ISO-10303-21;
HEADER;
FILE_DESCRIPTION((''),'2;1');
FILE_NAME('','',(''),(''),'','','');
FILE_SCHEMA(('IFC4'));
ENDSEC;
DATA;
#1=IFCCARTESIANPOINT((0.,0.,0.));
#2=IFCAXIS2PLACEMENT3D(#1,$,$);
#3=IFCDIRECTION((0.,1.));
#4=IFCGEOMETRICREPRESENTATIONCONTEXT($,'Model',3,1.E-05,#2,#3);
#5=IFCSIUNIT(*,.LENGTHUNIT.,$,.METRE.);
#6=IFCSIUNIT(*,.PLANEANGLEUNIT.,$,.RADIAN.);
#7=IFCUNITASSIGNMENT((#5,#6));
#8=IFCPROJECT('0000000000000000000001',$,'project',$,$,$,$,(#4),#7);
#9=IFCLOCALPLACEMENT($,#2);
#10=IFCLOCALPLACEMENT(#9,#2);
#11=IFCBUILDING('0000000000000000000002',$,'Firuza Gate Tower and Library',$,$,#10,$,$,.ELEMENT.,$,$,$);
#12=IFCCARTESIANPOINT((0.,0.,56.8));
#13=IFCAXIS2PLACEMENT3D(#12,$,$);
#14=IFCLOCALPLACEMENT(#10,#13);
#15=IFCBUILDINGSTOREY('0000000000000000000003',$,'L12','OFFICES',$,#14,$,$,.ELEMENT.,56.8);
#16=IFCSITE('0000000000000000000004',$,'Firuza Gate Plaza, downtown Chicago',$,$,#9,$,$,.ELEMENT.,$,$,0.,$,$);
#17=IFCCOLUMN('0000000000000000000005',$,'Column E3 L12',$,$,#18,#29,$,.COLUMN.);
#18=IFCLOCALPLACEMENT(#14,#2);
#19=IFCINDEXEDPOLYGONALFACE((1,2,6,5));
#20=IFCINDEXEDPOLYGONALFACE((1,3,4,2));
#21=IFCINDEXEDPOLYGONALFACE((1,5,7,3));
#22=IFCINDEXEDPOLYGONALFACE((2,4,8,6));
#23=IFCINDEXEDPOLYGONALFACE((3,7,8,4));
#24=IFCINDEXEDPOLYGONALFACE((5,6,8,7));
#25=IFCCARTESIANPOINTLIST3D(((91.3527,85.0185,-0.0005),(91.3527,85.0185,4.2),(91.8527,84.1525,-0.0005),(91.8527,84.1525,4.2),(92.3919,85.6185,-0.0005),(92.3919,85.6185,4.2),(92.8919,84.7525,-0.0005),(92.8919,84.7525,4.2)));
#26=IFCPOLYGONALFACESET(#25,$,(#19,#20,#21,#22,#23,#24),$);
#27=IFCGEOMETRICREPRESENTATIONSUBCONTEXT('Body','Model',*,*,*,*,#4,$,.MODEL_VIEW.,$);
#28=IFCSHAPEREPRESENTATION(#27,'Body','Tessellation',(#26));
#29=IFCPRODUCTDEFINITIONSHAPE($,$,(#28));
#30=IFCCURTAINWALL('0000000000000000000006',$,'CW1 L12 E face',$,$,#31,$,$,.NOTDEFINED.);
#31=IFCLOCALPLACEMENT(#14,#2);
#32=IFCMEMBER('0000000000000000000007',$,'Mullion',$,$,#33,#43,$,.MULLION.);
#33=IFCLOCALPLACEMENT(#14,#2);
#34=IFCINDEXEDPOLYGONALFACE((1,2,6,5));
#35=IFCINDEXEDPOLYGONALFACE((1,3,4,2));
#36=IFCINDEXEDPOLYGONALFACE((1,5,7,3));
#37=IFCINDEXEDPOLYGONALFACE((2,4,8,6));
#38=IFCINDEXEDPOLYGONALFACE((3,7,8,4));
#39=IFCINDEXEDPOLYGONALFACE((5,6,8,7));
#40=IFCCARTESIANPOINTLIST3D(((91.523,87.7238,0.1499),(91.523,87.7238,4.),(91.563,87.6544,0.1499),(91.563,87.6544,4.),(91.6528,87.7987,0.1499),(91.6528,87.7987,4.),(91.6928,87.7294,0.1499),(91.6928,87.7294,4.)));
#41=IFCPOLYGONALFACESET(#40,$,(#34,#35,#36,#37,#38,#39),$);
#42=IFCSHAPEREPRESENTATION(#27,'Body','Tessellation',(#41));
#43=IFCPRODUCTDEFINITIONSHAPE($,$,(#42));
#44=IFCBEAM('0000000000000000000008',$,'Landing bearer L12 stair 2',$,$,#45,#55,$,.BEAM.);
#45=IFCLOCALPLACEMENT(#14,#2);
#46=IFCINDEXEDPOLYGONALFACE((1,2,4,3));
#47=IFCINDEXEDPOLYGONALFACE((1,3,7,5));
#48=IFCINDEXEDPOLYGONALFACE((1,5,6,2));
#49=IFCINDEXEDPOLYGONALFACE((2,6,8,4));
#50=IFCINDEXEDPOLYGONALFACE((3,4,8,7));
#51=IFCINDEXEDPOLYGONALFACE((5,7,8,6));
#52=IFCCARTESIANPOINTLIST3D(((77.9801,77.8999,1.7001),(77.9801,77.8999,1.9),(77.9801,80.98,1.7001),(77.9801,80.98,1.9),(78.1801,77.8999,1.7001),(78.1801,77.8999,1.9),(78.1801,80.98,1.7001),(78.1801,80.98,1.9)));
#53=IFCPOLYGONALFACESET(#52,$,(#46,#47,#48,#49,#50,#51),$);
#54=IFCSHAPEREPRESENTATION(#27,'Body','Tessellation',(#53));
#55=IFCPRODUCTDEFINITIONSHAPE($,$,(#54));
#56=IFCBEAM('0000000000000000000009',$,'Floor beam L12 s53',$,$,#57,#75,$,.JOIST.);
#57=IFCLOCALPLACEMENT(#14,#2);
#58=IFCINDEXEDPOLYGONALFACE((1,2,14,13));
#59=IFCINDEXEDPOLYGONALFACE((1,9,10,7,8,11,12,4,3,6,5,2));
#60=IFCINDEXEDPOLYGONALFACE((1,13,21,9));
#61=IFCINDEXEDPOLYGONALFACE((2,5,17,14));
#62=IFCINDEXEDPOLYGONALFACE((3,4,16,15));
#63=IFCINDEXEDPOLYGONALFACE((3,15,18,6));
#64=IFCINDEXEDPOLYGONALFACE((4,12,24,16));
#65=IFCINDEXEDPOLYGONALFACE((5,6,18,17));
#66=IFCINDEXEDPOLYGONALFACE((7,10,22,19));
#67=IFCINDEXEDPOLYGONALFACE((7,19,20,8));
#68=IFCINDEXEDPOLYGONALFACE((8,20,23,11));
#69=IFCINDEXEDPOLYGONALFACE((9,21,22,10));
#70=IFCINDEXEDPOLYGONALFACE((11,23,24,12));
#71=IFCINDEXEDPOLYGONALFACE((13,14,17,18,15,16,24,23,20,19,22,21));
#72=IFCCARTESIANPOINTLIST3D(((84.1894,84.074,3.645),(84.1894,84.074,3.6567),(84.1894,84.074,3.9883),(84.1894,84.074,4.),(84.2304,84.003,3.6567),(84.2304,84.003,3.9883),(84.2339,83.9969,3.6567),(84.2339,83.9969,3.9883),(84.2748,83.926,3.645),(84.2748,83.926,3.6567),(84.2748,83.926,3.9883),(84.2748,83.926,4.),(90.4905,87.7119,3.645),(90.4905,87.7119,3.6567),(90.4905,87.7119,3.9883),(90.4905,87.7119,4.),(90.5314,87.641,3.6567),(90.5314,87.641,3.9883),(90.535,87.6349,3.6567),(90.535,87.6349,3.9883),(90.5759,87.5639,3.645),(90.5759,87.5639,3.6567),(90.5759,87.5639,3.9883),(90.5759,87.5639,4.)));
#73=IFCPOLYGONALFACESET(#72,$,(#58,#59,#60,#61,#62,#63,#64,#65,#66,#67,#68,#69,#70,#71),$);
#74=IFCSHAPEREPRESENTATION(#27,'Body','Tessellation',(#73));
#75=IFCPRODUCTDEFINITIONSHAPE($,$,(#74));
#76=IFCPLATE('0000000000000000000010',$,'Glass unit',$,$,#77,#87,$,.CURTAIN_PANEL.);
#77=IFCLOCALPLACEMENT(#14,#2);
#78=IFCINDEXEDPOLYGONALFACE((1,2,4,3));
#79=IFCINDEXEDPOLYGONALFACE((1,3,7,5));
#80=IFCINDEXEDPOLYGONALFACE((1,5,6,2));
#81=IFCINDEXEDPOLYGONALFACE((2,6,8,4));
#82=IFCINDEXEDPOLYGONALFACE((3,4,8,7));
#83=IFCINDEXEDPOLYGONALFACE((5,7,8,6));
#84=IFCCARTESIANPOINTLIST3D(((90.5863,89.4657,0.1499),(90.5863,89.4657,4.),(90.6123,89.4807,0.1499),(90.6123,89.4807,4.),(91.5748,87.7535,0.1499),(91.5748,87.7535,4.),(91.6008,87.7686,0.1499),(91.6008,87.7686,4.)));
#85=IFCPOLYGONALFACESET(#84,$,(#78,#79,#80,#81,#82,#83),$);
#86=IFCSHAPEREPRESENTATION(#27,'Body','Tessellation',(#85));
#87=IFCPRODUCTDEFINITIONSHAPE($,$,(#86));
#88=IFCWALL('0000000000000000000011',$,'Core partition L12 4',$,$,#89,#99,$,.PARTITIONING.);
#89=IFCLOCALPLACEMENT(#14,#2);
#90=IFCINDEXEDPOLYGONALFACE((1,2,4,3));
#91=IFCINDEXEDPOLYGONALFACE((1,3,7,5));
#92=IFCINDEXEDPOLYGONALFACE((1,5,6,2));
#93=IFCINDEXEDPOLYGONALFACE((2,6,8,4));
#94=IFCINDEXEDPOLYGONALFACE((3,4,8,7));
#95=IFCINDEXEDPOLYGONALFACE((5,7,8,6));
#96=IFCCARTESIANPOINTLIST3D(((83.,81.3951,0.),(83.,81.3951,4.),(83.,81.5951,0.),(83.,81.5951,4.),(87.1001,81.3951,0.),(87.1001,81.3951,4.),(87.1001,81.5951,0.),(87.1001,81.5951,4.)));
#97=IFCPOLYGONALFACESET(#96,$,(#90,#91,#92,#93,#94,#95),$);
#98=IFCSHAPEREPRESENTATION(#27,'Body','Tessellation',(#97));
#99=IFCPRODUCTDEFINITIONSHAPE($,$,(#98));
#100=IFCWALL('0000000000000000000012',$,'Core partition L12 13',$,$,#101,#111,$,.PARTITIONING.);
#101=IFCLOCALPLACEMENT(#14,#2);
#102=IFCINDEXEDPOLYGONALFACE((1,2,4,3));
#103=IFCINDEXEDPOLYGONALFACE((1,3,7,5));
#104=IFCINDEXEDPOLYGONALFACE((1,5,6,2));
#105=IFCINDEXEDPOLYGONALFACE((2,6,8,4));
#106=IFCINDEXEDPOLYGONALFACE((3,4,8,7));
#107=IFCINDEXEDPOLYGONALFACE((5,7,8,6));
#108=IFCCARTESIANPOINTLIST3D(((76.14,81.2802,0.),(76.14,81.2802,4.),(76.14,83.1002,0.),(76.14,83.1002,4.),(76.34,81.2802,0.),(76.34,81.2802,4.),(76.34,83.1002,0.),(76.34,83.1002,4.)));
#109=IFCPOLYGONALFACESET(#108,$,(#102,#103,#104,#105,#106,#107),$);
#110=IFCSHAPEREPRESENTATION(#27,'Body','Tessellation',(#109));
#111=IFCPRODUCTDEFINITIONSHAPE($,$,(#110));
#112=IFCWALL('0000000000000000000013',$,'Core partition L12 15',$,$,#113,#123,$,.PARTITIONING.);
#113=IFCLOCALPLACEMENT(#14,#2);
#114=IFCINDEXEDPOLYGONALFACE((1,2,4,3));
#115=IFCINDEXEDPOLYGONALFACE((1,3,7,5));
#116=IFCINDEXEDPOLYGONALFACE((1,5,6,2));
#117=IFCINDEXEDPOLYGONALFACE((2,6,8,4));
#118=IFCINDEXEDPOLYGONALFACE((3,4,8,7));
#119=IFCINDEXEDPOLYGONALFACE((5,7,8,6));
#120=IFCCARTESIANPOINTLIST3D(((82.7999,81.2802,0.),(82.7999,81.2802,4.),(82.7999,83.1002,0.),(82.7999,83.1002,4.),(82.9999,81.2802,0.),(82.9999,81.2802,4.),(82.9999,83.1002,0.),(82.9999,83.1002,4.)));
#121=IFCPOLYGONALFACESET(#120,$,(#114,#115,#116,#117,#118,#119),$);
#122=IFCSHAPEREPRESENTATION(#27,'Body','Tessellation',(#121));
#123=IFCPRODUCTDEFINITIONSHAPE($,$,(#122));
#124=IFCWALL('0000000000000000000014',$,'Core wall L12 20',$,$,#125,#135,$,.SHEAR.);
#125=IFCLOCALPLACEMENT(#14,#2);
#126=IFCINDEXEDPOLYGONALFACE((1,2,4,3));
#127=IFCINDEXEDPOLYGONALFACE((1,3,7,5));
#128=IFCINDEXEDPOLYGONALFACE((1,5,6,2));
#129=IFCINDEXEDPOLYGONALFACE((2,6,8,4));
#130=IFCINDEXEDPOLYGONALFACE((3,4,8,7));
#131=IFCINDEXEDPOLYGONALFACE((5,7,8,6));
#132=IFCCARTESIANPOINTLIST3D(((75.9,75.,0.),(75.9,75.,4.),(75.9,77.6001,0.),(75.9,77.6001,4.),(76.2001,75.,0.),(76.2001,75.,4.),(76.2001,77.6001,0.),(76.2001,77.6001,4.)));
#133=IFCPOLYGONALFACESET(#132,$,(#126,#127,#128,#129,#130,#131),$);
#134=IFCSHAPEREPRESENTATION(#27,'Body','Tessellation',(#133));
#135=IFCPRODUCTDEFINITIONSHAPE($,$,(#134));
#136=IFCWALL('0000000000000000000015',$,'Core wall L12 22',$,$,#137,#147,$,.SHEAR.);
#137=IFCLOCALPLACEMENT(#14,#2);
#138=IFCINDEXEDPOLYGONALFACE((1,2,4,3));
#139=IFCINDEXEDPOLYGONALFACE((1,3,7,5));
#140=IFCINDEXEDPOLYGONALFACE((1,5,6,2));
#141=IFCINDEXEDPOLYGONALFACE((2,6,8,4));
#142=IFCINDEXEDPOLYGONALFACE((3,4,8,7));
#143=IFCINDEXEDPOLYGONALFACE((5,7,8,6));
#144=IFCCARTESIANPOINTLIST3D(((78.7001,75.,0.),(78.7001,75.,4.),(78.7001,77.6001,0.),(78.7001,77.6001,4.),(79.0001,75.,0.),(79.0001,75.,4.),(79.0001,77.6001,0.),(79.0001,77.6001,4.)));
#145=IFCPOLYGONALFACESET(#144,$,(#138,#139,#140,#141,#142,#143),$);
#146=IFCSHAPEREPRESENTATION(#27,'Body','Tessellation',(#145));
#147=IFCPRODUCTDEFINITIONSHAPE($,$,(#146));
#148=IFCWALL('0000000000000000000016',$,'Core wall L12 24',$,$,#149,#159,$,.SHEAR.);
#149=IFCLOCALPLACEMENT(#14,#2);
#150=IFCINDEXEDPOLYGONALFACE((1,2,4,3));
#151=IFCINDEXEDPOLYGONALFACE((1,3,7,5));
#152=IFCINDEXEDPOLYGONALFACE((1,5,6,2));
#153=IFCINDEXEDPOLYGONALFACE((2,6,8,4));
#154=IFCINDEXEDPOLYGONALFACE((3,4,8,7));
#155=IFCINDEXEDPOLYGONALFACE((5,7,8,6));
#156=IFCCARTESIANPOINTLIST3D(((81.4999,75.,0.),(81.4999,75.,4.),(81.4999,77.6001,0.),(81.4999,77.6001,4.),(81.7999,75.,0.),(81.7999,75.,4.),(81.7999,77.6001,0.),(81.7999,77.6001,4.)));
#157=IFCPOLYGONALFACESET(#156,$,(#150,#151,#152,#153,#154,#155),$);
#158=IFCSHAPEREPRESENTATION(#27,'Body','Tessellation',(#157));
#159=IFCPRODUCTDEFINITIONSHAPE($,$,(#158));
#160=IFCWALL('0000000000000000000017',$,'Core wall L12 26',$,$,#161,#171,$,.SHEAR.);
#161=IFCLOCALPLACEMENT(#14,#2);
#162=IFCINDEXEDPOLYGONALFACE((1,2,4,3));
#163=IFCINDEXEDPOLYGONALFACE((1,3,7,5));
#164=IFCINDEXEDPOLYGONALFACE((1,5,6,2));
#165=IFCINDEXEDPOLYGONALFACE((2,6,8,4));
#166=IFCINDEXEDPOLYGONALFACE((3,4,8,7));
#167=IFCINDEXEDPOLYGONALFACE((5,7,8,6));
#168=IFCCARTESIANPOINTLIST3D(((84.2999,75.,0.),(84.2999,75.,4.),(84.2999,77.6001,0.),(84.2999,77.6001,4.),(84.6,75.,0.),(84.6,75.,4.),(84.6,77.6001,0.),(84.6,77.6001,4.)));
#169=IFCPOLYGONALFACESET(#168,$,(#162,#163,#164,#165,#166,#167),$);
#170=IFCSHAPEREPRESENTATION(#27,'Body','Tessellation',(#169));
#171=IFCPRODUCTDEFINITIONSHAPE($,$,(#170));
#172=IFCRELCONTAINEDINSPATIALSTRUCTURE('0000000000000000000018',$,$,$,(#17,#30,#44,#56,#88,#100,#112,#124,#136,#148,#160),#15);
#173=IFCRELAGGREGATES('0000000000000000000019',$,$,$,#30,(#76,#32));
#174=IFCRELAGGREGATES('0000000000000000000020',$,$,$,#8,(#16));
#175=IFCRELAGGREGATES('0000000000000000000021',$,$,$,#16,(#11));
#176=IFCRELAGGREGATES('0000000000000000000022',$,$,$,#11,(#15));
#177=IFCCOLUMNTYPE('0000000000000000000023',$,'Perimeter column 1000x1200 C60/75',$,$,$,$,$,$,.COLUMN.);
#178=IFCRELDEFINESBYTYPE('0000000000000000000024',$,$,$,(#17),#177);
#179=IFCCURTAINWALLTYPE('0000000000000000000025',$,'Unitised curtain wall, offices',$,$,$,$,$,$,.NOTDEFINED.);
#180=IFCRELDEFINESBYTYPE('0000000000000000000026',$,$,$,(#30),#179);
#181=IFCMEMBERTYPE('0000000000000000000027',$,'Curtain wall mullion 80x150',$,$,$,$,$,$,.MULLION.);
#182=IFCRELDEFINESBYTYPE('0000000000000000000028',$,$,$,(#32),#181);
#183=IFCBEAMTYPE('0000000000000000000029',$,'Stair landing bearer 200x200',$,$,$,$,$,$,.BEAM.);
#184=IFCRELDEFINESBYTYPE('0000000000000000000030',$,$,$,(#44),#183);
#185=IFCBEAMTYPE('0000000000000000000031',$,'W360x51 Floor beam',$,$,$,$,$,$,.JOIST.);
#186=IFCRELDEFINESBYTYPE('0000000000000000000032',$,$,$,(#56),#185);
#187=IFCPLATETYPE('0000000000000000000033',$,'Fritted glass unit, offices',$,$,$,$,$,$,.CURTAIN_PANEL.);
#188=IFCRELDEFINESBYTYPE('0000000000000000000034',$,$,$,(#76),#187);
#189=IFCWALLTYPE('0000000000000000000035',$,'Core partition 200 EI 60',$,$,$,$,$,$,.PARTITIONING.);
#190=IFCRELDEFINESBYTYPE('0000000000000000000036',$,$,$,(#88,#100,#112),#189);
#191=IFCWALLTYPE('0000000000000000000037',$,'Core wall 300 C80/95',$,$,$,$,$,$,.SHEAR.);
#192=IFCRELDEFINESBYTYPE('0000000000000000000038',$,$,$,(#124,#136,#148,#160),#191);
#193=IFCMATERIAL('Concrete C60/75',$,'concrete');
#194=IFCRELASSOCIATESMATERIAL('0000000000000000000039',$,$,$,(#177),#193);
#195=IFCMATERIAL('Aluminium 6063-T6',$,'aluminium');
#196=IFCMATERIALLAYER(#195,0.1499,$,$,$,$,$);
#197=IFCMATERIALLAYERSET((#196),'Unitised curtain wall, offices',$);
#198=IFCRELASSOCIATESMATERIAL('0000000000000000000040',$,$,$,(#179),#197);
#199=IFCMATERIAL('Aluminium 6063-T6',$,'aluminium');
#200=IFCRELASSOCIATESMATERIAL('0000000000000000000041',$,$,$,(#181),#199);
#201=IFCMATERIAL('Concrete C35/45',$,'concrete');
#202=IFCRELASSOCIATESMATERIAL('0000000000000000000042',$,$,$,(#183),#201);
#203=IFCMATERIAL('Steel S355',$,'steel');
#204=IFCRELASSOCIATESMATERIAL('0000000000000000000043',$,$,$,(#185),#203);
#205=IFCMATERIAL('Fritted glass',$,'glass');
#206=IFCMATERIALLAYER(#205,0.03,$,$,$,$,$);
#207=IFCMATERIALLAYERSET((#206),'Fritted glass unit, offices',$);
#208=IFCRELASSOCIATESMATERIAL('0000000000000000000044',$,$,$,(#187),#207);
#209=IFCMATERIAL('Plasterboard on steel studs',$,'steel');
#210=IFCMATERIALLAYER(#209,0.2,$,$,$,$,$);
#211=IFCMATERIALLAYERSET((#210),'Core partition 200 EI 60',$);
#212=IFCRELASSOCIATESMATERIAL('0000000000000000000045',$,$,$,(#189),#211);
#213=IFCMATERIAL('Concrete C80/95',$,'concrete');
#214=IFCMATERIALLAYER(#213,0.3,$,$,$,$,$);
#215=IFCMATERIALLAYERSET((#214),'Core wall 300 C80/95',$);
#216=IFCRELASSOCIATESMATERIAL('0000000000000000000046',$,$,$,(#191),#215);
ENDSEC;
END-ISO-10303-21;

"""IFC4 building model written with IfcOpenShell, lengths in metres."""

from ifc_helpers import new_model, si_unit, direction, frame, frame_2d, origin, origin_2d, place, context, subcontext, project, spatial, polyline, rectangle, i_section, outline, extrude, material, layer, layer_set, material_profile, profile_set, type_object, element, aggregate, save


model = new_model("IFC4")

# Units and contexts
model_context = context("Model", 3, precision=1e-05, world=origin(), true_north=direction((0.0, 1.0)))
body_context = subcontext(model_context, "Body", "Model", "MODEL_VIEW")
ifc_project = project(units=[si_unit("LENGTHUNIT", "METRE"), si_unit("PLANEANGLEUNIT", "RADIAN")], contexts=[model_context])

# Site, building, storey
site_placement = place(None, origin())
site = spatial("IfcSite", under=ifc_project, at=site_placement, Name="Firuza Gate Plaza, downtown Chicago", CompositionType="ELEMENT", RefElevation=0.0)
building_placement = place(site_placement, origin())
building = spatial("IfcBuilding", under=site, at=building_placement, Name="Firuza Gate Tower and Library", CompositionType="ELEMENT")
storey_placement = place(building_placement, frame((0.0, 0.0, 56.8)))
storey = spatial("IfcBuildingStorey", under=building, at=storey_placement, Name="L12", Description="OFFICES", CompositionType="ELEMENT", Elevation=56.8)

# Column
ifc_material_1 = material(Name="Concrete C60/75", Category="concrete")
ifc_material_profile_1 = material_profile(ifc_material_1, rectangle(XDim=1.0, YDim=1.2, at=origin_2d()))
ifc_profile_set_1 = profile_set([ifc_material_profile_1], Name="Concrete C60/75")
column_type = type_object("IfcColumnType", Name="Perimeter column 1000x1200 C60/75", PredefinedType="COLUMN", material=ifc_profile_set_1)
column_placement = place(storey_placement, frame((92.1223, 84.8855, -0.0005), z_axis=(0.0, 0.0, 1.0), x_axis=(-0.5, 0.866025, 0.0)))
element("IfcColumn", 1, at=column_placement, inside=storey, type_object=column_type, Name="Column E3 L12", PredefinedType="COLUMN", context=body_context, shape_type="SweptSolid", body=[
    extrude(rectangle(XDim=1.0, YDim=1.2, at=origin_2d()), origin(), (0.0, 0.0, 1.0), 4.2004),
])

# Curtain wall, member
ifc_material_2 = material(Name="Aluminium 6063-T6", Category="aluminium")
ifc_layer_1 = layer(ifc_material_2, 0.1499)
ifc_layer_set_1 = layer_set([ifc_layer_1], Name="Unitised curtain wall, offices")
curtain_wall_type = type_object("IfcCurtainWallType", Name="Unitised curtain wall, offices", PredefinedType="NOTDEFINED", material=ifc_layer_set_1)
placement = place(storey_placement, origin())
curtain_wall = element("IfcCurtainWall", 2, at=placement, inside=storey, type_object=curtain_wall_type, Name="CW1 L12 E face", PredefinedType="NOTDEFINED")
ifc_material_3 = material(Name="Aluminium 6063-T6", Category="aluminium")
ifc_material_profile_2 = material_profile(ifc_material_3, rectangle(XDim=0.1499, YDim=0.0801, at=origin_2d()))
ifc_profile_set_2 = profile_set([ifc_material_profile_2], Name="Aluminium 6063-T6")
member_type = type_object("IfcMemberType", Name="Curtain wall mullion 80x150", PredefinedType="MULLION", material=ifc_profile_set_2)
member_placement = place(storey_placement, frame((91.6079, 87.7266, 0.1499), z_axis=(0.0, 0.0, 1.0), x_axis=(-0.866025, -0.5, 0.0)))
member = element("IfcMember", 3, at=member_placement, type_object=member_type, Name="Mullion", PredefinedType="MULLION", context=body_context, shape_type="SweptSolid", body=[
    extrude(rectangle(XDim=0.1499, YDim=0.0801, at=origin_2d()), origin(), (0.0, 0.0, 1.0), 3.8501),
])

# Beams
ifc_material_4 = material(Name="Concrete C35/45", Category="concrete")
ifc_material_profile_3 = material_profile(ifc_material_4, rectangle(XDim=0.2, YDim=0.2, at=origin_2d()))
ifc_profile_set_3 = profile_set([ifc_material_profile_3], Name="Concrete C35/45")
beam_type_1 = type_object("IfcBeamType", Name="Stair landing bearer 200x200", PredefinedType="BEAM", material=ifc_profile_set_3)
beam_1_placement = place(storey_placement, frame((78.0801, 80.98, 1.8), z_axis=(0.0, -1.0, 0.0), x_axis=(1.0, 0.0, 0.0)))
element("IfcBeam", 4, at=beam_1_placement, inside=storey, type_object=beam_type_1, Name="Landing bearer L12 stair 2", PredefinedType="BEAM", context=body_context, shape_type="SweptSolid", body=[
    extrude(rectangle(XDim=0.2, YDim=0.2, at=origin_2d()), origin(), (0.0, 0.0, 1.0), 3.0801),
])
ifc_material_5 = material(Name="Steel S355", Category="steel")
ifc_material_profile_4 = material_profile(ifc_material_5, i_section(OverallWidth=0.1709, OverallDepth=0.355, WebThickness=0.0071, FlangeThickness=0.0117, at=origin_2d()))
ifc_profile_set_4 = profile_set([ifc_material_profile_4], Name="Steel S355")
beam_type_2 = type_object("IfcBeamType", Name="W360x51 Floor beam", PredefinedType="JOIST", material=ifc_profile_set_4)
beam_2_placement = place(storey_placement, frame((90.5332, 87.6379, 3.8225), z_axis=(-0.866023, -0.500004, 0.0), x_axis=(0.500004, -0.866023, 0.0)))
element("IfcBeam", 5, at=beam_2_placement, inside=storey, type_object=beam_type_2, Name="Floor beam L12 s53", PredefinedType="JOIST", context=body_context, shape_type="SweptSolid", body=[
    extrude(i_section(OverallWidth=0.1709, OverallDepth=0.355, WebThickness=0.0071, FlangeThickness=0.0117, at=origin_2d()), origin(), (0.0, 0.0, 1.0), 7.2759),
])

# Plate
ifc_material_6 = material(Name="Fritted glass", Category="glass")
ifc_layer_2 = layer(ifc_material_6, 0.03)
ifc_layer_set_2 = layer_set([ifc_layer_2], Name="Fritted glass unit, offices")
plate_type = type_object("IfcPlateType", Name="Fritted glass unit, offices", PredefinedType="CURTAIN_PANEL", material=ifc_layer_set_2)
plate_placement = place(storey_placement, frame((91.6008, 87.7686, 0.1499), z_axis=(0.866023, 0.500004, 0.0), x_axis=(-0.500004, 0.866023, 0.0)))
plate = element("IfcPlate", 6, at=plate_placement, type_object=plate_type, Name="Glass unit", PredefinedType="CURTAIN_PANEL", context=body_context, shape_type="SweptSolid", body=[
    extrude(outline(polyline([(0.0, 0.0), (1.977, 0.0), (1.977, 3.8501), (0.0, 3.8501), (0.0, 0.0)])), origin(), (0.0, 0.0, -1.0), 0.03),
])
aggregate(curtain_wall, [plate, member])

# Walls
ifc_material_7 = material(Name="Plasterboard on steel studs", Category="steel")
ifc_layer_3 = layer(ifc_material_7, 0.2)
ifc_layer_set_3 = layer_set([ifc_layer_3], Name="Core partition 200 EI 60")
wall_type_1 = type_object("IfcWallType", Name="Core partition 200 EI 60", PredefinedType="PARTITIONING", material=ifc_layer_set_3)
wall_1_placement = place(storey_placement, frame((83.0, 81.4951, 0.0), z_axis=(0.0, 0.0, 1.0), x_axis=(1.0, 0.0, 0.0)))
element("IfcWall", 7, at=wall_1_placement, inside=storey, type_object=wall_type_1, Name="Core partition L12 4", PredefinedType="PARTITIONING", context=body_context, shape_type="SweptSolid", body=[
    extrude(rectangle(XDim=4.1001, YDim=0.2, at=frame_2d((2.05, 0.0))), origin(), (0.0, 0.0, 1.0), 4.0),
])
for number, where, z_axis, x_axis, name in (
    (8, (76.24, 81.28, 0.0), (0.0, 0.0, 1.0), (0.0, 1.0, 0.0), "Core partition L12 13"),
    (9, (82.8999, 81.28, 0.0), (0.0, 0.0, 1.0), (0.0, 1.0, 0.0), "Core partition L12 15"),
):
    element("IfcWall", number, at=place(storey_placement, frame(where, z_axis=z_axis, x_axis=x_axis)), inside=storey, type_object=wall_type_1, Name=name, PredefinedType="PARTITIONING", context=body_context, shape_type="SweptSolid", body=[
        extrude(rectangle(XDim=1.8201, YDim=0.2, at=frame_2d((0.9102, 0.0))), origin(), (0.0, 0.0, 1.0), 4.0),
    ])
ifc_material_8 = material(Name="Concrete C80/95", Category="concrete")
ifc_layer_4 = layer(ifc_material_8, 0.3)
ifc_layer_set_4 = layer_set([ifc_layer_4], Name="Core wall 300 C80/95")
wall_type_2 = type_object("IfcWallType", Name="Core wall 300 C80/95", PredefinedType="SHEAR", material=ifc_layer_set_4)
for number, where, z_axis, x_axis, name in (
    (10, (76.05, 75.0, 0.0), (0.0, 0.0, 1.0), (0.0, 1.0, 0.0), "Core wall L12 20"),
    (11, (78.8501, 75.0, 0.0), (0.0, 0.0, 1.0), (0.0, 1.0, 0.0), "Core wall L12 22"),
    (12, (81.6499, 75.0, 0.0), (0.0, 0.0, 1.0), (0.0, 1.0, 0.0), "Core wall L12 24"),
    (13, (84.45, 75.0, 0.0), (0.0, 0.0, 1.0), (0.0, 1.0, 0.0), "Core wall L12 26"),
):
    element("IfcWall", number, at=place(storey_placement, frame(where, z_axis=z_axis, x_axis=x_axis)), inside=storey, type_object=wall_type_2, Name=name, PredefinedType="SHEAR", context=body_context, shape_type="SweptSolid", body=[
        extrude(rectangle(XDim=2.6001, YDim=0.3, at=frame_2d((1.3, 0.0))), origin(), (0.0, 0.0, 1.0), 4.0),
    ])

save(model, "model.ifc")
